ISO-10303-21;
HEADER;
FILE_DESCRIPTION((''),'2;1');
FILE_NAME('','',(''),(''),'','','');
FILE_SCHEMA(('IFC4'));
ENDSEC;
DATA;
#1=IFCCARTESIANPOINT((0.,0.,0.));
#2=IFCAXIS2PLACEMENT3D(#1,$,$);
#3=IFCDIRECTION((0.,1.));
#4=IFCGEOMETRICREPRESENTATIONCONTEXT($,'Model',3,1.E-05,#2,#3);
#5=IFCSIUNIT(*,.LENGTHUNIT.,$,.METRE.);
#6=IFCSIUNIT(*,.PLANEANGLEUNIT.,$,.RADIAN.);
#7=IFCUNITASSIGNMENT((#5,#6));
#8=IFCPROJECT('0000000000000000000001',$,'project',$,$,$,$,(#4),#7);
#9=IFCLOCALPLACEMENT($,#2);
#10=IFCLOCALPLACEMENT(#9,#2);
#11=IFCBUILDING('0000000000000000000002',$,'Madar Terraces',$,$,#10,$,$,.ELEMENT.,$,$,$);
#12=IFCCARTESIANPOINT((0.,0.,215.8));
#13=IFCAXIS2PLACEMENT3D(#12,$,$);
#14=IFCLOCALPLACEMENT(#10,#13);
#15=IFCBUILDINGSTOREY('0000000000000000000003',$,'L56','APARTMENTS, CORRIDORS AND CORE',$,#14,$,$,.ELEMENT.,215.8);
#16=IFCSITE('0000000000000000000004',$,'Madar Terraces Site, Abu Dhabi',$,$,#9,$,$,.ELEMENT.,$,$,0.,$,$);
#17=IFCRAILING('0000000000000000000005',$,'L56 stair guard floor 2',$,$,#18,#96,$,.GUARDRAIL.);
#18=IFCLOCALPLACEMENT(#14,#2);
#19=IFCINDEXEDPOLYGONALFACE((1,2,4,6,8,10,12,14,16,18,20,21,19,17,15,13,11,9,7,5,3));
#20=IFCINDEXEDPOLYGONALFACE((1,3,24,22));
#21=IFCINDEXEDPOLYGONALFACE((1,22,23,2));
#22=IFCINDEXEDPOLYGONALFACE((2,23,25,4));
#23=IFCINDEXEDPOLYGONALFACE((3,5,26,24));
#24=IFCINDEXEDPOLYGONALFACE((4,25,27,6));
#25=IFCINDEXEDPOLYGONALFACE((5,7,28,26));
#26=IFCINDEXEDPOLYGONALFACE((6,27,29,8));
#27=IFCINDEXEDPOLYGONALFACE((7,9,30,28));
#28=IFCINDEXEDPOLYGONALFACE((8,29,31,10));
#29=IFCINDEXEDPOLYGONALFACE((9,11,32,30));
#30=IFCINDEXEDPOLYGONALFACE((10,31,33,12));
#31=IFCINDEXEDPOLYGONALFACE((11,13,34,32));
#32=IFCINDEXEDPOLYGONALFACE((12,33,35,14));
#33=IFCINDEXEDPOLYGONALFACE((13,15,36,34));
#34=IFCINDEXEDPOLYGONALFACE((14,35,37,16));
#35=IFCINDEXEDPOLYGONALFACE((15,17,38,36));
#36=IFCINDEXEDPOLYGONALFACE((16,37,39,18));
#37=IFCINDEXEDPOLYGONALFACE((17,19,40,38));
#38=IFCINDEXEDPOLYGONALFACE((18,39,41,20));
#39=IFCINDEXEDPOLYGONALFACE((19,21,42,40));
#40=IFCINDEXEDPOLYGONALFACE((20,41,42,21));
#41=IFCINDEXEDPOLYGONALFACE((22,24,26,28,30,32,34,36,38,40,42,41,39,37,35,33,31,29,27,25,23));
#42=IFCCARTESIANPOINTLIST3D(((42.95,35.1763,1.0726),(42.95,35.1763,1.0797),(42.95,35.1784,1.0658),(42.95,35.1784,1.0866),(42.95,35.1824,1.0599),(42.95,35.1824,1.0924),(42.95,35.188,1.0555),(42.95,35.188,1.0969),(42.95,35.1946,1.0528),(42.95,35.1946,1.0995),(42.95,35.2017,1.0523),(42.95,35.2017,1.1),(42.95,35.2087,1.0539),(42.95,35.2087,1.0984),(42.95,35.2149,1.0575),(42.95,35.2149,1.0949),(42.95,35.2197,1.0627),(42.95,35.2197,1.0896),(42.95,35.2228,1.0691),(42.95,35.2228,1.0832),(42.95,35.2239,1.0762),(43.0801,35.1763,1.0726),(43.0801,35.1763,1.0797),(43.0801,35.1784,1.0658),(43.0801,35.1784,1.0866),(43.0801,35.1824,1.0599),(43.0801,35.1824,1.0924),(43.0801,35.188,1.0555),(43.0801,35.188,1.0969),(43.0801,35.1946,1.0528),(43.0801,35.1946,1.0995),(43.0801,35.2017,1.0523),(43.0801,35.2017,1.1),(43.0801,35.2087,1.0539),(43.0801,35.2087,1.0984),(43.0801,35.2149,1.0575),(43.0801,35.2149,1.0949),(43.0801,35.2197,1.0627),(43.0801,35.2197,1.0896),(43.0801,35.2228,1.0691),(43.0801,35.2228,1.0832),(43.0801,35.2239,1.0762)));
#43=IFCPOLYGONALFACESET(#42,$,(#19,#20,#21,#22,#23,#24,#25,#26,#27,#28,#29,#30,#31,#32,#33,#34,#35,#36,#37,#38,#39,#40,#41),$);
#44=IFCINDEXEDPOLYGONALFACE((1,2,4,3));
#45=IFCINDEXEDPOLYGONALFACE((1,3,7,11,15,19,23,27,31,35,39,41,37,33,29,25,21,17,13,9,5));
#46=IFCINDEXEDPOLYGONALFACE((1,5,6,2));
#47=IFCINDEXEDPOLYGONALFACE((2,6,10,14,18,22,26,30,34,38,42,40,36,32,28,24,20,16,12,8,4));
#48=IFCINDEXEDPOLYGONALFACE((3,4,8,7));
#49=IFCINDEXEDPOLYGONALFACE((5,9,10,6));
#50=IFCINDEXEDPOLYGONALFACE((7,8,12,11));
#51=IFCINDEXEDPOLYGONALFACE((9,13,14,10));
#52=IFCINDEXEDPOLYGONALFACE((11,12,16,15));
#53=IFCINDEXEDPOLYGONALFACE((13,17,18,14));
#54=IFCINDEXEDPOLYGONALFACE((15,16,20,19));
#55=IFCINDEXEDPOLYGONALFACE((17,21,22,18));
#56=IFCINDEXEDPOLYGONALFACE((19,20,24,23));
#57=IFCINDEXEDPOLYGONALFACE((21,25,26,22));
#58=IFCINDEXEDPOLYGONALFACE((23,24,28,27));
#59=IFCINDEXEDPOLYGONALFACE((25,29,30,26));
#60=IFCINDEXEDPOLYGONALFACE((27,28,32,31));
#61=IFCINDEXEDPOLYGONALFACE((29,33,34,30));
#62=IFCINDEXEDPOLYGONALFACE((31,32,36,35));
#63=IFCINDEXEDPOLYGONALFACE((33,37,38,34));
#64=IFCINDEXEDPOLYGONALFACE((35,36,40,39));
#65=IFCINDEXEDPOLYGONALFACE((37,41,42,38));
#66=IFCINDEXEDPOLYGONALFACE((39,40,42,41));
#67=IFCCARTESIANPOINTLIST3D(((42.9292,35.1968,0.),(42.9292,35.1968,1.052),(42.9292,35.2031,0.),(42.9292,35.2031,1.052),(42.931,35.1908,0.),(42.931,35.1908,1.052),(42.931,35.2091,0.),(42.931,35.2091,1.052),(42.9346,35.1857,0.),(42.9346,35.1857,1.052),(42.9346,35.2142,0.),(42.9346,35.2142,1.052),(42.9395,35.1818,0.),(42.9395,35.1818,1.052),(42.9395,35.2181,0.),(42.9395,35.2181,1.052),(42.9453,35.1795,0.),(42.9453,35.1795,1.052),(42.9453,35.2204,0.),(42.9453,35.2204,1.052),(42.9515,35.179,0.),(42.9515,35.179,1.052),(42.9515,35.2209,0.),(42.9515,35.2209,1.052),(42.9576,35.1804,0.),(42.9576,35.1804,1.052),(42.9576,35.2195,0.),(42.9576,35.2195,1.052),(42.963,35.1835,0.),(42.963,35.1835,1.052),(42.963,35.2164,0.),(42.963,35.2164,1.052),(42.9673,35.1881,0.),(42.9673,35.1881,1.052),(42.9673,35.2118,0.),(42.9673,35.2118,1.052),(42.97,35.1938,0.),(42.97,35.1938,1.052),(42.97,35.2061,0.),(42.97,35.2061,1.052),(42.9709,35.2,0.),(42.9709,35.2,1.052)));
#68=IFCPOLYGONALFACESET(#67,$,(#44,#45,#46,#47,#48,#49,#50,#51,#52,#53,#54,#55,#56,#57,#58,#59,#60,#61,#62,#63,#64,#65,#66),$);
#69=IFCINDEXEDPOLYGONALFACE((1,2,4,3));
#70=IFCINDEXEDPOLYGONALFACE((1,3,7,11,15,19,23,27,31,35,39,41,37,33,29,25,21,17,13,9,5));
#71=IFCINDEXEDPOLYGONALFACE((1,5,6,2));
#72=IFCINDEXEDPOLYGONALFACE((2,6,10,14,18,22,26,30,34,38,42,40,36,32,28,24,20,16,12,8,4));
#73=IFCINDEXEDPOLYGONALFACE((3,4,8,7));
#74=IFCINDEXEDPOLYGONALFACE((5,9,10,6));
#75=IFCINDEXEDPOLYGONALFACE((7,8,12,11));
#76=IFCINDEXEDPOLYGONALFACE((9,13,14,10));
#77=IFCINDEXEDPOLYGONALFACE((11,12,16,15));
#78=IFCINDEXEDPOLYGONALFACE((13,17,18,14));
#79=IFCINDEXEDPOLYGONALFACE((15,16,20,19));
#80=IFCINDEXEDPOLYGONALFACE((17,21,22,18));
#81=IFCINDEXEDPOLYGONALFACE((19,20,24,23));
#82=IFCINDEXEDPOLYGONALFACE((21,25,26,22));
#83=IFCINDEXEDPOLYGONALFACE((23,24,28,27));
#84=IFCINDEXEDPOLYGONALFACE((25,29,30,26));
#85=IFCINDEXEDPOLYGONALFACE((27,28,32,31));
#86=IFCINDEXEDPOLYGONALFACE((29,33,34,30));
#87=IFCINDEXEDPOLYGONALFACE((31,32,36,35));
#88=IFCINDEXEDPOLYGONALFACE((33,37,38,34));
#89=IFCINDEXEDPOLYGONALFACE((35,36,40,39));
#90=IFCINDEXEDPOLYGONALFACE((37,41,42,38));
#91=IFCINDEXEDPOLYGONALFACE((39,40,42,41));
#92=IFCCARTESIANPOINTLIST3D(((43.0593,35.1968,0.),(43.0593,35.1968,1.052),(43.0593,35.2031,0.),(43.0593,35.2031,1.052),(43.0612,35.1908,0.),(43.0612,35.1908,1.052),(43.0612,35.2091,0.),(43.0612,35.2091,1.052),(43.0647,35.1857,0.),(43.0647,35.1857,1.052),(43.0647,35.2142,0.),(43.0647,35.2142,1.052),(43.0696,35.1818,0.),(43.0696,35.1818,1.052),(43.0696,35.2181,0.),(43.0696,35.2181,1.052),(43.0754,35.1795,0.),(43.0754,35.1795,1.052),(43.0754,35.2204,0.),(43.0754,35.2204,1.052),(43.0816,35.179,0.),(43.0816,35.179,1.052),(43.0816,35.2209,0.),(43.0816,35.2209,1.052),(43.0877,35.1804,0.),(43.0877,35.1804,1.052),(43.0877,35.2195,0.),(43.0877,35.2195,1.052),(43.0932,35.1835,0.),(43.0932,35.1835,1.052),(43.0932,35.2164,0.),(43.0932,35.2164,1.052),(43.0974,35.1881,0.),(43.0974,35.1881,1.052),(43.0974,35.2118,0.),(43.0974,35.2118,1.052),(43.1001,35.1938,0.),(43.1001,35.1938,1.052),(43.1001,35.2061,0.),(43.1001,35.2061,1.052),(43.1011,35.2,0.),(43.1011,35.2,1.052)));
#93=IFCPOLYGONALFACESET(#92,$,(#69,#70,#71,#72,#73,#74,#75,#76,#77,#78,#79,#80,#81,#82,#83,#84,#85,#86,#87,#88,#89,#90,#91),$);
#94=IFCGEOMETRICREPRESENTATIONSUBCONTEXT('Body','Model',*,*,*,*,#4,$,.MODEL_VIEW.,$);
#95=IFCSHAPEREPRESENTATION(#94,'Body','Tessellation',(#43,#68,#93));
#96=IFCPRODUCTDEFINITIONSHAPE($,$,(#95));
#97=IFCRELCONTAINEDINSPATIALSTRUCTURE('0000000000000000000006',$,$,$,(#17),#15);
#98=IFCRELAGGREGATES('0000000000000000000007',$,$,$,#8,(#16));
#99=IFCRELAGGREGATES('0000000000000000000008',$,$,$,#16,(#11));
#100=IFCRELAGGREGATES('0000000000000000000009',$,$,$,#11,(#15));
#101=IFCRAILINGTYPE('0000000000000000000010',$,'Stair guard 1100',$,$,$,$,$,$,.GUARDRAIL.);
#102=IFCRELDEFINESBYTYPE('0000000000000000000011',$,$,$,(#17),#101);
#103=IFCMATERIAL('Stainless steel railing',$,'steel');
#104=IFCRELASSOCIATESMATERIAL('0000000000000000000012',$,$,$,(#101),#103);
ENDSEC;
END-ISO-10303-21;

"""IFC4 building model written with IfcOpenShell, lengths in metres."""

from ifc_helpers import new_model, si_unit, direction, frame, origin, origin_2d, place, context, subcontext, project, spatial, circle, extrude, material, type_object, element, save


model = new_model("IFC4")

# Units and contexts
model_context = context("Model", 3, precision=1e-05, world=origin(), true_north=direction((0.0, 1.0)))
body_context = subcontext(model_context, "Body", "Model", "MODEL_VIEW")
ifc_project = project(units=[si_unit("LENGTHUNIT", "METRE"), si_unit("PLANEANGLEUNIT", "RADIAN")], contexts=[model_context])

# Site, building, storey
site_placement = place(None, origin())
site = spatial("IfcSite", under=ifc_project, at=site_placement, Name="Madar Terraces Site, Abu Dhabi", CompositionType="ELEMENT", RefElevation=0.0)
building_placement = place(site_placement, origin())
building = spatial("IfcBuilding", under=site, at=building_placement, Name="Madar Terraces", CompositionType="ELEMENT")
storey_placement = place(building_placement, frame((0.0, 0.0, 215.8)))
storey = spatial("IfcBuildingStorey", under=building, at=storey_placement, Name="L56", Description="APARTMENTS, CORRIDORS AND CORE", CompositionType="ELEMENT", Elevation=215.8)

# Railing
ifc_material_1 = material(Name="Stainless steel railing", Category="steel")
railing_type_1 = type_object("IfcRailingType", Name="Stair guard 1100", PredefinedType="GUARDRAIL", material=ifc_material_1)
railing_1_placement = place(storey_placement, frame((42.95, 35.2, 0.0)))
element("IfcRailing", 1, at=railing_1_placement, inside=storey, type_object=railing_type_1, Name="L56 stair guard floor 2", PredefinedType="GUARDRAIL", context=body_context, shape_type="SweptSolid", body=[
    extrude(circle(Radius=0.0239, at=origin_2d()), frame((0.0, 0.0, 1.0762), z_axis=(1.0, 0.0, 0.0), x_axis=(0.0, 1.0, 0.0)), (0.0, 0.0, 1.0), 0.1301),
    extrude(circle(Radius=0.021, at=origin_2d()), origin(), (0.0, 0.0, 1.0), 1.052),
    extrude(circle(Radius=0.021, at=origin_2d()), frame((0.1301, 0.0, 0.0)), (0.0, 0.0, 1.0), 1.052),
])

save(model, "model.ifc")
